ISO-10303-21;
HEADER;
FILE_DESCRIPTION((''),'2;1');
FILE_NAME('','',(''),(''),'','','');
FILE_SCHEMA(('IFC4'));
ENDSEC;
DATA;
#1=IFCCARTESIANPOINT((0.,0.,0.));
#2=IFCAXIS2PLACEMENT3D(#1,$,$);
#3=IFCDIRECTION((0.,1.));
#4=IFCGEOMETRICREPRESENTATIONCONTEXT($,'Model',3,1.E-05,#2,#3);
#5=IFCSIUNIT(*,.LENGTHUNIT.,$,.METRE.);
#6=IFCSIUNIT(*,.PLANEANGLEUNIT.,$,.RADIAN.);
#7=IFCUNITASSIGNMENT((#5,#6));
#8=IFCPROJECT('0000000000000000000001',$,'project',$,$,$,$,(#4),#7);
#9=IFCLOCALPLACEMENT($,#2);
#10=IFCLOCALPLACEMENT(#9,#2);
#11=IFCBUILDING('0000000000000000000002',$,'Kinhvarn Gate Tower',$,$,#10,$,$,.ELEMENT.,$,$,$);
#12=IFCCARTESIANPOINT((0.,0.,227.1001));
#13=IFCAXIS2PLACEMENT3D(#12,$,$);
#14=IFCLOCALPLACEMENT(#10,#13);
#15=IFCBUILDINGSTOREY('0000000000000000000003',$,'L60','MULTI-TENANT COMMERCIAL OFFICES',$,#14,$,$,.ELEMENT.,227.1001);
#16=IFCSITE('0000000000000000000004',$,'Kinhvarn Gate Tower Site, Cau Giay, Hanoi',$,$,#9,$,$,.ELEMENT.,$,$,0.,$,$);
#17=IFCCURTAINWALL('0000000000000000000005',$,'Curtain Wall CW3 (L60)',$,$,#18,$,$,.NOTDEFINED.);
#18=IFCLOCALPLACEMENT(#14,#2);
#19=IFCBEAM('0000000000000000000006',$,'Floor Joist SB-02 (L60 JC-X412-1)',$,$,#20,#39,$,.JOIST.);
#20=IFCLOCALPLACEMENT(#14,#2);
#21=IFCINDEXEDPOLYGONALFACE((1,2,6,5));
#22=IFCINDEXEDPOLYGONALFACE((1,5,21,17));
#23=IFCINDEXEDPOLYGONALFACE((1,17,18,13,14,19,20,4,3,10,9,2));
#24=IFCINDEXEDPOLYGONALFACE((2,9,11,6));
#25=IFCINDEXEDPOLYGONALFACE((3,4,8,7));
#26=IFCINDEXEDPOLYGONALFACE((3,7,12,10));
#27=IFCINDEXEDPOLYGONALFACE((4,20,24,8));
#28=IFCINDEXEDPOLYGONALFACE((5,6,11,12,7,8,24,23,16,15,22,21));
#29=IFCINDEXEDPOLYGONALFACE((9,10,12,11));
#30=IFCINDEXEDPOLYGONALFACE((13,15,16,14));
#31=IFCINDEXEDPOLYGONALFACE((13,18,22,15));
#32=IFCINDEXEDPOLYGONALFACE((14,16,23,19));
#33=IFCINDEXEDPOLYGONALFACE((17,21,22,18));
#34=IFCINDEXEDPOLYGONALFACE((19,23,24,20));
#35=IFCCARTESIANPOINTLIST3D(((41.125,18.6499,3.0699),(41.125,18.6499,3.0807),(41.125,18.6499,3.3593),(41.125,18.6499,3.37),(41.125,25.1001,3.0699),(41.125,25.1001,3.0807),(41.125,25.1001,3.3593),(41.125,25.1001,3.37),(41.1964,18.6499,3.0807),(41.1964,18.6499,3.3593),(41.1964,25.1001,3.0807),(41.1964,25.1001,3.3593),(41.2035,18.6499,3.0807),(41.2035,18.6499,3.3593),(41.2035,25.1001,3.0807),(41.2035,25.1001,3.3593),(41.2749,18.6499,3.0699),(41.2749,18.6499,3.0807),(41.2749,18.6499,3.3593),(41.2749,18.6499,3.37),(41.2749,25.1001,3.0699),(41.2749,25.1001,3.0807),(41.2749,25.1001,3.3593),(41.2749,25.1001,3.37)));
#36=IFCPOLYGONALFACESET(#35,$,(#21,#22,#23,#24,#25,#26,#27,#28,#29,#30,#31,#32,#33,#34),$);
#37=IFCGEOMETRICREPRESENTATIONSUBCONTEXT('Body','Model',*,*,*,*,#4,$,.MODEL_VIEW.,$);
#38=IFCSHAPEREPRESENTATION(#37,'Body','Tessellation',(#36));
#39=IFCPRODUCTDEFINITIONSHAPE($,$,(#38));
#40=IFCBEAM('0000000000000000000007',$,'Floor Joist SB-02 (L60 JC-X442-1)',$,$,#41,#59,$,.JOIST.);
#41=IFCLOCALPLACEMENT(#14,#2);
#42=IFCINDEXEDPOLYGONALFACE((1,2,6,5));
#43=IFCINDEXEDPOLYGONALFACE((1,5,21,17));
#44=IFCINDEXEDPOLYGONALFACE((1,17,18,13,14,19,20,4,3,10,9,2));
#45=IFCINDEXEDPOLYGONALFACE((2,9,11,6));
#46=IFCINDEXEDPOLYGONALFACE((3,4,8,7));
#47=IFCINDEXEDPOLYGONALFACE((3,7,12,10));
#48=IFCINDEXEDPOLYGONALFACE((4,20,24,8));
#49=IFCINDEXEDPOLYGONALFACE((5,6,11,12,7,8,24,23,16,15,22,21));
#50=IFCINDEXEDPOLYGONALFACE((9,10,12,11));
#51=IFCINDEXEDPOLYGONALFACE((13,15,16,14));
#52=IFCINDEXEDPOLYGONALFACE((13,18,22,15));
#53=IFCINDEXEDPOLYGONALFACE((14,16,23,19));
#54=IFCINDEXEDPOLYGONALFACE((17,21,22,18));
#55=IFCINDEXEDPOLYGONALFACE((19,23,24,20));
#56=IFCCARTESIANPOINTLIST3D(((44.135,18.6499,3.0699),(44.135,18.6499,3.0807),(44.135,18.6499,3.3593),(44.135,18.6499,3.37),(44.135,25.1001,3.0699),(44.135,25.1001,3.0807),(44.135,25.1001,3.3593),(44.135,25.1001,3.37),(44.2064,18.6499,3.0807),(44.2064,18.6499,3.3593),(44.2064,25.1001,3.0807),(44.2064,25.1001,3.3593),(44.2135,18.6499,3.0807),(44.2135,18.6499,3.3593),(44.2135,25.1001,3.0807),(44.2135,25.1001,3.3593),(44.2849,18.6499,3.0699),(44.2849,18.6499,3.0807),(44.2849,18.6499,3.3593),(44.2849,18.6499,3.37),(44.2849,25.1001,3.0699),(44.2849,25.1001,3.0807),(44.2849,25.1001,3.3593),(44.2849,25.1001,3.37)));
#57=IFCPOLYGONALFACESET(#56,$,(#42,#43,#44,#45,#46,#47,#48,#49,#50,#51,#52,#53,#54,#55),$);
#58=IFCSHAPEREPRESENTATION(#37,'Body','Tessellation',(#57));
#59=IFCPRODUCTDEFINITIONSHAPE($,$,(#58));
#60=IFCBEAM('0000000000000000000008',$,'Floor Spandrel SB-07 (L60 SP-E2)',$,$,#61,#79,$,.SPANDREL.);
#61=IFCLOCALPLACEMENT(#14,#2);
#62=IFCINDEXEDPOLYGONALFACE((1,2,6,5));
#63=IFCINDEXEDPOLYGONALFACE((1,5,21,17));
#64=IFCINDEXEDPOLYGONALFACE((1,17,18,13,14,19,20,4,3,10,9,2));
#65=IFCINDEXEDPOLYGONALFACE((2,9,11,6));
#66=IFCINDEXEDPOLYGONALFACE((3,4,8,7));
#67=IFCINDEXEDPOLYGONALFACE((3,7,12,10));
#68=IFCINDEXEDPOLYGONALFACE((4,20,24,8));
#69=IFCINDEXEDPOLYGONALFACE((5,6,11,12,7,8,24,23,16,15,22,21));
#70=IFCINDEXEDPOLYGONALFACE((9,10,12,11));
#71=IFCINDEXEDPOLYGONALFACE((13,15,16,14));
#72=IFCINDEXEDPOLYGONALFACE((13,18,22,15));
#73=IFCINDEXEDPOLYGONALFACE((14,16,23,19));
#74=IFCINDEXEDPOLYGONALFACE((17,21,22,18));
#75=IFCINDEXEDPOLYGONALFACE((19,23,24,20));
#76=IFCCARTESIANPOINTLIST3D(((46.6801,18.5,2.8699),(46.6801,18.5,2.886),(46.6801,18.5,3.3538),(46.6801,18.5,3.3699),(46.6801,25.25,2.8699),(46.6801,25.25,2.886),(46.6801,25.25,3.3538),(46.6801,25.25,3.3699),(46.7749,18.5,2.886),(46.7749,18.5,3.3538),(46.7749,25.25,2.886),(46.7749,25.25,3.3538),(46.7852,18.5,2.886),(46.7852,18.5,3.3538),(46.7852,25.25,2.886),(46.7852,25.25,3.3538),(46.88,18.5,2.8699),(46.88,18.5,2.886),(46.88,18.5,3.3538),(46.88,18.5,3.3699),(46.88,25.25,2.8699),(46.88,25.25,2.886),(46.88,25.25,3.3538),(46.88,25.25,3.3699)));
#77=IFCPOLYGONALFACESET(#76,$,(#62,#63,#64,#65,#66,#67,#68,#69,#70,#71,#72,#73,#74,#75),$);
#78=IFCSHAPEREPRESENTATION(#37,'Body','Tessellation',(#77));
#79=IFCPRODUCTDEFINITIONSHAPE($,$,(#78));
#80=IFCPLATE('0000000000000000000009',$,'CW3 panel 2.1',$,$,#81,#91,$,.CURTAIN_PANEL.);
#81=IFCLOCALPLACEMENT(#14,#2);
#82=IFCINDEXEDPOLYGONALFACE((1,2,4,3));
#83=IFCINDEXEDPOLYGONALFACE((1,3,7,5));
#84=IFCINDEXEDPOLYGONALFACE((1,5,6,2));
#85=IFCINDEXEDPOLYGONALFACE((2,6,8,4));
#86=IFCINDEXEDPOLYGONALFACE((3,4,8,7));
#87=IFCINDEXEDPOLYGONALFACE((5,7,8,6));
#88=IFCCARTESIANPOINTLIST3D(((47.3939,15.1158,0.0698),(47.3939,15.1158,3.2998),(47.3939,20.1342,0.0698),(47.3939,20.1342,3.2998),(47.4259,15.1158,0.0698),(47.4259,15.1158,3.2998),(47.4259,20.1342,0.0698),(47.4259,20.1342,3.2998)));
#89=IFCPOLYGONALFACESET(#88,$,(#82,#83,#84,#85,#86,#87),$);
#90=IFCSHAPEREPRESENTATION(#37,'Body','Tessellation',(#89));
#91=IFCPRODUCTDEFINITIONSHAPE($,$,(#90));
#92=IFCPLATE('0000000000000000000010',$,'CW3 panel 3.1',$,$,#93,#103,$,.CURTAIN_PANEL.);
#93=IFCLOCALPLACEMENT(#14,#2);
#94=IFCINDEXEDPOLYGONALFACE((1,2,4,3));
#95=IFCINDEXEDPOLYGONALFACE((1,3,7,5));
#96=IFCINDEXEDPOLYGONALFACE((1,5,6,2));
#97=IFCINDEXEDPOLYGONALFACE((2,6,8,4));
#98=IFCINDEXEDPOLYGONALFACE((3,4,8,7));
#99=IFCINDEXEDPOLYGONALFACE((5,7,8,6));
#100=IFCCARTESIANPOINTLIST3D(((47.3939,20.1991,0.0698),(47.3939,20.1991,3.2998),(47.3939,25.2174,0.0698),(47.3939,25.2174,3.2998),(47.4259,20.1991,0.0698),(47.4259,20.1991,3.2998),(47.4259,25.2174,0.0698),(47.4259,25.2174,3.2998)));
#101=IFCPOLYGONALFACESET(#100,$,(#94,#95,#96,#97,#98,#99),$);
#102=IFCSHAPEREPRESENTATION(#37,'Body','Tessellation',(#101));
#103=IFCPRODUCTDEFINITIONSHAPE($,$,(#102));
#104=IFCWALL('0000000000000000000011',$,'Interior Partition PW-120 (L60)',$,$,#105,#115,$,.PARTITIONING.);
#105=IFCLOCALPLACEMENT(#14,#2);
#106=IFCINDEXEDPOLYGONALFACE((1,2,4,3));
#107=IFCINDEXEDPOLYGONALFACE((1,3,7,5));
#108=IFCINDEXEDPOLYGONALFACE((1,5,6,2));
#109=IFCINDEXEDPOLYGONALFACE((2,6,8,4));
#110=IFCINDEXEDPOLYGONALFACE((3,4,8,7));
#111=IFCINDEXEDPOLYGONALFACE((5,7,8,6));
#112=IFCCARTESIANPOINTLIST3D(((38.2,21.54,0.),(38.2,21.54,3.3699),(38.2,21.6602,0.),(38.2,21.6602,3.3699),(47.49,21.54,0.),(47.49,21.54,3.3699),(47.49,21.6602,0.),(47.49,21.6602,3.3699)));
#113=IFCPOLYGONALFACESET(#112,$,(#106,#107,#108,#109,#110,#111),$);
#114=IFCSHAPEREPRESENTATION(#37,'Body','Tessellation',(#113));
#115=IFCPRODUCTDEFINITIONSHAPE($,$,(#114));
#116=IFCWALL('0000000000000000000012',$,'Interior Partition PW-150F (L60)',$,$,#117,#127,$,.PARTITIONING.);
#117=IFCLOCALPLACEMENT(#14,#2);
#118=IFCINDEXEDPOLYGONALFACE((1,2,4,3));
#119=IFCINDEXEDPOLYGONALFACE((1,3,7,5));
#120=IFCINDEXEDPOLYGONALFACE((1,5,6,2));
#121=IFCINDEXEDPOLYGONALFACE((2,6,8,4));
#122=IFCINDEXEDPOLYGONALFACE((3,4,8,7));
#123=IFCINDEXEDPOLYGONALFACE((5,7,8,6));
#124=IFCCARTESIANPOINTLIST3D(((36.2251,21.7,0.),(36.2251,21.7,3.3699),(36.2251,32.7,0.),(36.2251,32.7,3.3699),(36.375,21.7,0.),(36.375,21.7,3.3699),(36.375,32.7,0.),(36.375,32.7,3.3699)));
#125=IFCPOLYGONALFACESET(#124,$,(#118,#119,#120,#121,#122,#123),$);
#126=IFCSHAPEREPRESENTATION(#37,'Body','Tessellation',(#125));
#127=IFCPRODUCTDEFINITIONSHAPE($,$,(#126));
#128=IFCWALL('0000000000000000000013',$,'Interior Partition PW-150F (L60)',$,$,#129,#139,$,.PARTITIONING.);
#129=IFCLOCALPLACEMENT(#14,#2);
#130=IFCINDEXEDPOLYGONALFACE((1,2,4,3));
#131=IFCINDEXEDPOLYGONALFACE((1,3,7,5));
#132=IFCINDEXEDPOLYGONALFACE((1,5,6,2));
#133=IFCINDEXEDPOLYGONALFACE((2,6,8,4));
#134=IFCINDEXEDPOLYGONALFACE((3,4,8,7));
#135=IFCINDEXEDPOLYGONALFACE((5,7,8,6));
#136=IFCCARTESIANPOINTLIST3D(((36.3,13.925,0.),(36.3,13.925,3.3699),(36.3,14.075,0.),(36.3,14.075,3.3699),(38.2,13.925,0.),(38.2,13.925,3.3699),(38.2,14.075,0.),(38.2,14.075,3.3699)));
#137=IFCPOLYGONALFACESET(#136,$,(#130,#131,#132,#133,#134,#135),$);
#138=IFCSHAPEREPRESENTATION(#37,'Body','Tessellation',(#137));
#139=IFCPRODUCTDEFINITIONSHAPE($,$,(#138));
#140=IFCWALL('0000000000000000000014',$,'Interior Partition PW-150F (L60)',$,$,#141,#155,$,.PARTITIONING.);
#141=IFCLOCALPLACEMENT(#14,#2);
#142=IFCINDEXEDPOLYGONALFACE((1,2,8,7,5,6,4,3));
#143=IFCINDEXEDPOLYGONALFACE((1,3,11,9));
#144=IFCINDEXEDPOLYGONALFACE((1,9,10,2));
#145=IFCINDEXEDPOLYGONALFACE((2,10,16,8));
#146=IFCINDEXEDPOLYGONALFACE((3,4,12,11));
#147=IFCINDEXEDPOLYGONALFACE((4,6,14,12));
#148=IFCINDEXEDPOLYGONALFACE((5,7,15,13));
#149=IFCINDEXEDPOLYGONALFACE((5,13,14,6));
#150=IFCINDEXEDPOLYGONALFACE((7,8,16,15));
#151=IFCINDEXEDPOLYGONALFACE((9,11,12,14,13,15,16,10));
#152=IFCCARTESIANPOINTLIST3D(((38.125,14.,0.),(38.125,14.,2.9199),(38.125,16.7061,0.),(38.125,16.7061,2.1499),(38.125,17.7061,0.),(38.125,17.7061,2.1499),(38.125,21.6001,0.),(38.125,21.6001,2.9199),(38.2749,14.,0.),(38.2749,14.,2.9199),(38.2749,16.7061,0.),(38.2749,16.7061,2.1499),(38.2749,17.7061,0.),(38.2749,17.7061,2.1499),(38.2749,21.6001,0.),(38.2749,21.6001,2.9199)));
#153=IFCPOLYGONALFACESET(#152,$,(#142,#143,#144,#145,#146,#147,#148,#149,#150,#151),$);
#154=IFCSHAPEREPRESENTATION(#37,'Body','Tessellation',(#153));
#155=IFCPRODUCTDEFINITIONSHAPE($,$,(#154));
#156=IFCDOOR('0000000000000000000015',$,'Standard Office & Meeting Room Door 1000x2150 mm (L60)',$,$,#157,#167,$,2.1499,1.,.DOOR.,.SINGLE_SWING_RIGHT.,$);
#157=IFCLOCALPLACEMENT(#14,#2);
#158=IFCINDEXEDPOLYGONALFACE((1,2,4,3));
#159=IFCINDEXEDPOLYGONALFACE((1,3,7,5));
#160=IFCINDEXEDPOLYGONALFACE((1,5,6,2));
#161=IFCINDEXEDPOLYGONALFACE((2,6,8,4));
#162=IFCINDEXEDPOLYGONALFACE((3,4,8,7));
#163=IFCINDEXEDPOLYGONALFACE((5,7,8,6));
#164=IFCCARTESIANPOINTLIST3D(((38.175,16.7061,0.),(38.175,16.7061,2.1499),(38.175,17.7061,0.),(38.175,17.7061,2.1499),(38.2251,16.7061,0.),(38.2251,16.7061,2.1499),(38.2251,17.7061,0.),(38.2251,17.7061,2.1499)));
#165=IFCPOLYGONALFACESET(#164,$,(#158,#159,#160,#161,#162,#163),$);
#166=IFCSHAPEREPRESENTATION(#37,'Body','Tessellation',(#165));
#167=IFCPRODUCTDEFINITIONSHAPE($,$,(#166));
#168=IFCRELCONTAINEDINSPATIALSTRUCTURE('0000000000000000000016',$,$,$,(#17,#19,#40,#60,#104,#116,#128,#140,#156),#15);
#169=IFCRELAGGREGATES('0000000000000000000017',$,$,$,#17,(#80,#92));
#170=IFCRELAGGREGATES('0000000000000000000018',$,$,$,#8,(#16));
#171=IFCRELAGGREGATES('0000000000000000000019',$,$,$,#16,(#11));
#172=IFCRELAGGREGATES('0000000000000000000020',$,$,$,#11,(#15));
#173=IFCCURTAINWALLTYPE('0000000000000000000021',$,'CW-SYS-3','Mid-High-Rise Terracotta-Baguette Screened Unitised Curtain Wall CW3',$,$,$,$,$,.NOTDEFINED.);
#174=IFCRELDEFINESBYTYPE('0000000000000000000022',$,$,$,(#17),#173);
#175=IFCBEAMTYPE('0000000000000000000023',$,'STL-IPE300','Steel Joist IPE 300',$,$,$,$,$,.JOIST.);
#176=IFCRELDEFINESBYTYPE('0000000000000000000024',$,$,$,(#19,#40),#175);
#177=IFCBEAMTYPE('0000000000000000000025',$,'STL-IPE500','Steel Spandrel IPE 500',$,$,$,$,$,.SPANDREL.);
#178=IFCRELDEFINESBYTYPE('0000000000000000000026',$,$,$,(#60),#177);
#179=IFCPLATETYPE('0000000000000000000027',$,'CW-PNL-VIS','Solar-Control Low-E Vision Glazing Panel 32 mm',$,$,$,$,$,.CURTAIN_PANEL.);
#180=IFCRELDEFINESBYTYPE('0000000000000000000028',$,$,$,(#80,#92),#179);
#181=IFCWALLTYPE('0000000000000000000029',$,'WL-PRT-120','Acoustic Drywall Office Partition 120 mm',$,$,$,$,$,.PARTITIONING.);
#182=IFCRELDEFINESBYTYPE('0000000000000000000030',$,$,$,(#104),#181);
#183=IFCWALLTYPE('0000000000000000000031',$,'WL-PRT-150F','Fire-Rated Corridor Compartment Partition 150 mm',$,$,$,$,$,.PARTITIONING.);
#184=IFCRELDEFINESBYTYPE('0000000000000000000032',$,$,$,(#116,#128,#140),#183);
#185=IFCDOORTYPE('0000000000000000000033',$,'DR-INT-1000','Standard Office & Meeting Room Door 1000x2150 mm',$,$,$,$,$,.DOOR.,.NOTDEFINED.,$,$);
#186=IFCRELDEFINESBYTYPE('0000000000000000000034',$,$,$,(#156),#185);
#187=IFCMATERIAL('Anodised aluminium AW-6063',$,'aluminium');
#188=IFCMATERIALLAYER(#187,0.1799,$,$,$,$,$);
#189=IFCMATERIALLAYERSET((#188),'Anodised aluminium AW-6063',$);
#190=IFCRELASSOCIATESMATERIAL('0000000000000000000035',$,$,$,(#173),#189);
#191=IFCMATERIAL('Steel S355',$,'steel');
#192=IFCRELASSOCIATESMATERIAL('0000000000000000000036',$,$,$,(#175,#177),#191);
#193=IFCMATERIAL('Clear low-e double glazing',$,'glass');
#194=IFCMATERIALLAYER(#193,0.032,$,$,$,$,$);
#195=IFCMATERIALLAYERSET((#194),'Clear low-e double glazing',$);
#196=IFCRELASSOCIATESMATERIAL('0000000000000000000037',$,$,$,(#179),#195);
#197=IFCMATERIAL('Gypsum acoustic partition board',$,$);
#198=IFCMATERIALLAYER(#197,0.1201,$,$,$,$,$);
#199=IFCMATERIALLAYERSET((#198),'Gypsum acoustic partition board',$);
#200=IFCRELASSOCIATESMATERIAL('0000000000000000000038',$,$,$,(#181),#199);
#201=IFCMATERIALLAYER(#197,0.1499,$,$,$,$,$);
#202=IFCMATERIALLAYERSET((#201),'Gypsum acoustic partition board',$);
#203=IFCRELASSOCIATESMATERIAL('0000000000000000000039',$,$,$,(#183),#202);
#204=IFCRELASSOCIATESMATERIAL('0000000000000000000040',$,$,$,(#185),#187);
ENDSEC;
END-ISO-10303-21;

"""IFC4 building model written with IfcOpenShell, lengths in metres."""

from ifc_helpers import new_model, si_unit, direction, frame, frame_2d, origin, origin_2d, place, context, subcontext, project, spatial, rectangle, i_section, extrude, material, layer, layer_set, material_profile, profile_set, type_object, element, fill, aggregate, save


model = new_model("IFC4")

# Units and contexts
model_context = context("Model", 3, precision=1e-05, world=origin(), true_north=direction((0.0, 1.0)))
body_context = subcontext(model_context, "Body", "Model", "MODEL_VIEW")
ifc_project = project(units=[si_unit("LENGTHUNIT", "METRE"), si_unit("PLANEANGLEUNIT", "RADIAN")], contexts=[model_context])

# Site, building, storey
site_placement = place(None, origin())
site = spatial("IfcSite", under=ifc_project, at=site_placement, Name="Kinhvarn Gate Tower Site, Cau Giay, Hanoi", CompositionType="ELEMENT", RefElevation=0.0)
building_placement = place(site_placement, origin())
building = spatial("IfcBuilding", under=site, at=building_placement, Name="Kinhvarn Gate Tower", CompositionType="ELEMENT")
storey_placement = place(building_placement, frame((0.0, 0.0, 227.1001)))
storey = spatial("IfcBuildingStorey", under=building, at=storey_placement, Name="L60", Description="MULTI-TENANT COMMERCIAL OFFICES", CompositionType="ELEMENT", Elevation=227.1001)

# Curtain wall
ifc_material_1 = material(Name="Anodised aluminium AW-6063", Category="aluminium")
ifc_layer_1 = layer(ifc_material_1, 0.1799)
ifc_layer_set_1 = layer_set([ifc_layer_1], Name="Anodised aluminium AW-6063")
curtain_wall_type = type_object("IfcCurtainWallType", Name="CW-SYS-3", Description="Mid-High-Rise Terracotta-Baguette Screened Unitised Curtain Wall CW3", PredefinedType="NOTDEFINED", material=ifc_layer_set_1)
curtain_wall_placement = place(storey_placement, origin())
curtain_wall = element("IfcCurtainWall", 1, at=curtain_wall_placement, inside=storey, type_object=curtain_wall_type, Name="Curtain Wall CW3 (L60)", PredefinedType="NOTDEFINED")

# Beams
ifc_material_2 = material(Name="Steel S355", Category="steel")
ifc_material_profile_1 = material_profile(ifc_material_2, i_section(OverallWidth=0.1499, OverallDepth=0.3, WebThickness=0.0071, FlangeThickness=0.0107, at=origin_2d()), Name="IPE 300")
ifc_profile_set_1 = profile_set([ifc_material_profile_1], Name="Steel S355")
beam_type_1 = type_object("IfcBeamType", Name="STL-IPE300", Description="Steel Joist IPE 300", PredefinedType="JOIST", material=ifc_profile_set_1)
for number, where, z_axis, x_axis, name in (
    (2, (41.2, 18.6499, 3.22), (0.0, 1.0, 0.0), (-1.0, 0.0, 0.0), "Floor Joist SB-02 (L60 JC-X412-1)"),
    (3, (44.21, 18.6499, 3.22), (0.0, 1.0, 0.0), (-1.0, 0.0, 0.0), "Floor Joist SB-02 (L60 JC-X442-1)"),
):
    element("IfcBeam", number, at=place(storey_placement, frame(where, z_axis=z_axis, x_axis=x_axis)), inside=storey, type_object=beam_type_1, Name=name, PredefinedType="JOIST", context=body_context, shape_type="SweptSolid", body=[
        extrude(i_section(OverallWidth=0.1499, OverallDepth=0.3, WebThickness=0.0071, FlangeThickness=0.0107, at=origin_2d()), origin(), (0.0, 0.0, 1.0), 6.4502),
    ])
ifc_material_profile_2 = material_profile(ifc_material_2, i_section(OverallWidth=0.2, OverallDepth=0.5, WebThickness=0.0103, FlangeThickness=0.0161, at=origin_2d()), Name="IPE 500")
ifc_profile_set_2 = profile_set([ifc_material_profile_2], Name="Steel S355")
beam_type_2 = type_object("IfcBeamType", Name="STL-IPE500", Description="Steel Spandrel IPE 500", PredefinedType="SPANDREL", material=ifc_profile_set_2)
beam_1_placement = place(storey_placement, frame((46.78, 18.5, 3.1199), z_axis=(0.0, 1.0, 0.0), x_axis=(-1.0, 0.0, 0.0)))
element("IfcBeam", 4, at=beam_1_placement, inside=storey, type_object=beam_type_2, Name="Floor Spandrel SB-07 (L60 SP-E2)", PredefinedType="SPANDREL", context=body_context, shape_type="SweptSolid", body=[
    extrude(i_section(OverallWidth=0.2, OverallDepth=0.5, WebThickness=0.0103, FlangeThickness=0.0161, at=origin_2d()), origin(), (0.0, 0.0, 1.0), 6.75),
])

# Plates
ifc_material_3 = material(Name="Clear low-e double glazing", Category="glass")
ifc_layer_2 = layer(ifc_material_3, 0.032)
ifc_layer_set_2 = layer_set([ifc_layer_2], Name="Clear low-e double glazing")
plate_type = type_object("IfcPlateType", Name="CW-PNL-VIS", Description="Solar-Control Low-E Vision Glazing Panel 32 mm", PredefinedType="CURTAIN_PANEL", material=ifc_layer_set_2)
plate_1_placement = place(storey_placement, frame((47.4099, 17.625, 0.0698), z_axis=(0.0, 0.0, 1.0), x_axis=(0.0, 1.0, 0.0)))
plate_1 = element("IfcPlate", 5, at=plate_1_placement, type_object=plate_type, Name="CW3 panel 2.1", PredefinedType="CURTAIN_PANEL", context=body_context, shape_type="SweptSolid", body=[
    extrude(rectangle(XDim=5.0183, YDim=0.032, at=origin_2d()), origin(), (0.0, 0.0, 1.0), 3.23),
])
plate_2_placement = place(storey_placement, frame((47.4099, 22.7083, 0.0698), z_axis=(0.0, 0.0, 1.0), x_axis=(0.0, 1.0, 0.0)))
plate_2 = element("IfcPlate", 6, at=plate_2_placement, type_object=plate_type, Name="CW3 panel 3.1", PredefinedType="CURTAIN_PANEL", context=body_context, shape_type="SweptSolid", body=[
    extrude(rectangle(XDim=5.0183, YDim=0.032, at=origin_2d()), origin(), (0.0, 0.0, 1.0), 3.23),
])
aggregate(curtain_wall, [plate_1, plate_2])

# Wall
ifc_material_4 = material(Name="Gypsum acoustic partition board")
ifc_layer_3 = layer(ifc_material_4, 0.1201)
ifc_layer_set_3 = layer_set([ifc_layer_3], Name="Gypsum acoustic partition board")
wall_type_1 = type_object("IfcWallType", Name="WL-PRT-120", Description="Acoustic Drywall Office Partition 120 mm", PredefinedType="PARTITIONING", material=ifc_layer_set_3)
wall_1_placement = place(storey_placement, frame((38.2, 21.6001, 0.0), z_axis=(0.0, 0.0, 1.0), x_axis=(1.0, 0.0, 0.0)))
element("IfcWall", 7, at=wall_1_placement, inside=storey, type_object=wall_type_1, Name="Interior Partition PW-120 (L60)", PredefinedType="PARTITIONING", context=body_context, shape_type="SweptSolid", body=[
    extrude(rectangle(XDim=9.29, YDim=0.1201, at=frame_2d((4.645, 0.0))), origin(), (0.0, 0.0, 1.0), 3.3699),
])

# Shared definitions
ifc_layer_4 = layer(ifc_material_4, 0.1499)
ifc_layer_set_4 = layer_set([ifc_layer_4], Name="Gypsum acoustic partition board")
wall_type_2 = type_object("IfcWallType", Name="WL-PRT-150F", Description="Fire-Rated Corridor Compartment Partition 150 mm", PredefinedType="PARTITIONING", material=ifc_layer_set_4)
door_type = type_object("IfcDoorType", Name="DR-INT-1000", Description="Standard Office & Meeting Room Door 1000x2150 mm", OperationType="NOTDEFINED", PredefinedType="DOOR", material=ifc_material_1)

# Walls
wall_2_placement = place(storey_placement, frame((36.3, 21.7, 0.0), z_axis=(0.0, 0.0, 1.0), x_axis=(0.0, 1.0, 0.0)))
element("IfcWall", 8, at=wall_2_placement, inside=storey, type_object=wall_type_2, Name="Interior Partition PW-150F (L60)", PredefinedType="PARTITIONING", context=body_context, shape_type="SweptSolid", body=[
    extrude(rectangle(XDim=11.0, YDim=0.1499, at=frame_2d((5.5, 0.0))), origin(), (0.0, 0.0, 1.0), 3.3699),
])
wall_3_placement = place(storey_placement, frame((36.3, 14.0, 0.0), z_axis=(0.0, 0.0, 1.0), x_axis=(1.0, 0.0, 0.0)))
element("IfcWall", 9, at=wall_3_placement, inside=storey, type_object=wall_type_2, Name="Interior Partition PW-150F (L60)", PredefinedType="PARTITIONING", context=body_context, shape_type="SweptSolid", body=[
    extrude(rectangle(XDim=1.8999, YDim=0.1499, at=frame_2d((0.95, 0.0))), origin(), (0.0, 0.0, 1.0), 3.3699),
])

# Wall, opening, door
wall_4_placement = place(storey_placement, frame((38.2, 14.0, 0.0), z_axis=(0.0, 0.0, 1.0), x_axis=(0.0, 1.0, 0.0)))
wall_4 = element("IfcWall", 10, at=wall_4_placement, inside=storey, type_object=wall_type_2, Name="Interior Partition PW-150F (L60)", PredefinedType="PARTITIONING", context=body_context, shape_type="SweptSolid", body=[
    extrude(rectangle(XDim=7.6001, YDim=0.1499, at=frame_2d((3.8, 0.0))), origin(), (0.0, 0.0, 1.0), 2.9199),
])
opening_1_placement = place(wall_4_placement, frame((2.7061, 0.0, 0.0)))
opening_1 = element("IfcOpeningElement", 11, at=opening_1_placement, cuts=wall_4, PredefinedType="OPENING", context=body_context, shape_type="SweptSolid", body=[
    extrude(rectangle(XDim=1.0, YDim=2.1499, at=frame_2d((0.5, 1.075))), frame((0.0, 0.085, 0.0), z_axis=(0.0, -1.0, 0.0), x_axis=(1.0, 0.0, 0.0)), (0.0, 0.0, 1.0), 0.1699),
])
door_1_placement = place(opening_1_placement, origin())
door_1 = element("IfcDoor", 12, at=door_1_placement, inside=storey, type_object=door_type, Name="Standard Office & Meeting Room Door 1000x2150 mm (L60)", OperationType="SINGLE_SWING_RIGHT", OverallHeight=2.1499, OverallWidth=1.0, PredefinedType="DOOR", context=body_context, shape_type="SweptSolid", body=[
    extrude(rectangle(XDim=1.0, YDim=2.1499, at=frame_2d((0.5, 1.075))), frame((0.0, 0.0249, 0.0), z_axis=(0.0, -1.0, 0.0), x_axis=(1.0, 0.0, 0.0)), (0.0, 0.0, 1.0), 0.05),
])
fill(opening_1, door_1)

save(model, "model.ifc")
